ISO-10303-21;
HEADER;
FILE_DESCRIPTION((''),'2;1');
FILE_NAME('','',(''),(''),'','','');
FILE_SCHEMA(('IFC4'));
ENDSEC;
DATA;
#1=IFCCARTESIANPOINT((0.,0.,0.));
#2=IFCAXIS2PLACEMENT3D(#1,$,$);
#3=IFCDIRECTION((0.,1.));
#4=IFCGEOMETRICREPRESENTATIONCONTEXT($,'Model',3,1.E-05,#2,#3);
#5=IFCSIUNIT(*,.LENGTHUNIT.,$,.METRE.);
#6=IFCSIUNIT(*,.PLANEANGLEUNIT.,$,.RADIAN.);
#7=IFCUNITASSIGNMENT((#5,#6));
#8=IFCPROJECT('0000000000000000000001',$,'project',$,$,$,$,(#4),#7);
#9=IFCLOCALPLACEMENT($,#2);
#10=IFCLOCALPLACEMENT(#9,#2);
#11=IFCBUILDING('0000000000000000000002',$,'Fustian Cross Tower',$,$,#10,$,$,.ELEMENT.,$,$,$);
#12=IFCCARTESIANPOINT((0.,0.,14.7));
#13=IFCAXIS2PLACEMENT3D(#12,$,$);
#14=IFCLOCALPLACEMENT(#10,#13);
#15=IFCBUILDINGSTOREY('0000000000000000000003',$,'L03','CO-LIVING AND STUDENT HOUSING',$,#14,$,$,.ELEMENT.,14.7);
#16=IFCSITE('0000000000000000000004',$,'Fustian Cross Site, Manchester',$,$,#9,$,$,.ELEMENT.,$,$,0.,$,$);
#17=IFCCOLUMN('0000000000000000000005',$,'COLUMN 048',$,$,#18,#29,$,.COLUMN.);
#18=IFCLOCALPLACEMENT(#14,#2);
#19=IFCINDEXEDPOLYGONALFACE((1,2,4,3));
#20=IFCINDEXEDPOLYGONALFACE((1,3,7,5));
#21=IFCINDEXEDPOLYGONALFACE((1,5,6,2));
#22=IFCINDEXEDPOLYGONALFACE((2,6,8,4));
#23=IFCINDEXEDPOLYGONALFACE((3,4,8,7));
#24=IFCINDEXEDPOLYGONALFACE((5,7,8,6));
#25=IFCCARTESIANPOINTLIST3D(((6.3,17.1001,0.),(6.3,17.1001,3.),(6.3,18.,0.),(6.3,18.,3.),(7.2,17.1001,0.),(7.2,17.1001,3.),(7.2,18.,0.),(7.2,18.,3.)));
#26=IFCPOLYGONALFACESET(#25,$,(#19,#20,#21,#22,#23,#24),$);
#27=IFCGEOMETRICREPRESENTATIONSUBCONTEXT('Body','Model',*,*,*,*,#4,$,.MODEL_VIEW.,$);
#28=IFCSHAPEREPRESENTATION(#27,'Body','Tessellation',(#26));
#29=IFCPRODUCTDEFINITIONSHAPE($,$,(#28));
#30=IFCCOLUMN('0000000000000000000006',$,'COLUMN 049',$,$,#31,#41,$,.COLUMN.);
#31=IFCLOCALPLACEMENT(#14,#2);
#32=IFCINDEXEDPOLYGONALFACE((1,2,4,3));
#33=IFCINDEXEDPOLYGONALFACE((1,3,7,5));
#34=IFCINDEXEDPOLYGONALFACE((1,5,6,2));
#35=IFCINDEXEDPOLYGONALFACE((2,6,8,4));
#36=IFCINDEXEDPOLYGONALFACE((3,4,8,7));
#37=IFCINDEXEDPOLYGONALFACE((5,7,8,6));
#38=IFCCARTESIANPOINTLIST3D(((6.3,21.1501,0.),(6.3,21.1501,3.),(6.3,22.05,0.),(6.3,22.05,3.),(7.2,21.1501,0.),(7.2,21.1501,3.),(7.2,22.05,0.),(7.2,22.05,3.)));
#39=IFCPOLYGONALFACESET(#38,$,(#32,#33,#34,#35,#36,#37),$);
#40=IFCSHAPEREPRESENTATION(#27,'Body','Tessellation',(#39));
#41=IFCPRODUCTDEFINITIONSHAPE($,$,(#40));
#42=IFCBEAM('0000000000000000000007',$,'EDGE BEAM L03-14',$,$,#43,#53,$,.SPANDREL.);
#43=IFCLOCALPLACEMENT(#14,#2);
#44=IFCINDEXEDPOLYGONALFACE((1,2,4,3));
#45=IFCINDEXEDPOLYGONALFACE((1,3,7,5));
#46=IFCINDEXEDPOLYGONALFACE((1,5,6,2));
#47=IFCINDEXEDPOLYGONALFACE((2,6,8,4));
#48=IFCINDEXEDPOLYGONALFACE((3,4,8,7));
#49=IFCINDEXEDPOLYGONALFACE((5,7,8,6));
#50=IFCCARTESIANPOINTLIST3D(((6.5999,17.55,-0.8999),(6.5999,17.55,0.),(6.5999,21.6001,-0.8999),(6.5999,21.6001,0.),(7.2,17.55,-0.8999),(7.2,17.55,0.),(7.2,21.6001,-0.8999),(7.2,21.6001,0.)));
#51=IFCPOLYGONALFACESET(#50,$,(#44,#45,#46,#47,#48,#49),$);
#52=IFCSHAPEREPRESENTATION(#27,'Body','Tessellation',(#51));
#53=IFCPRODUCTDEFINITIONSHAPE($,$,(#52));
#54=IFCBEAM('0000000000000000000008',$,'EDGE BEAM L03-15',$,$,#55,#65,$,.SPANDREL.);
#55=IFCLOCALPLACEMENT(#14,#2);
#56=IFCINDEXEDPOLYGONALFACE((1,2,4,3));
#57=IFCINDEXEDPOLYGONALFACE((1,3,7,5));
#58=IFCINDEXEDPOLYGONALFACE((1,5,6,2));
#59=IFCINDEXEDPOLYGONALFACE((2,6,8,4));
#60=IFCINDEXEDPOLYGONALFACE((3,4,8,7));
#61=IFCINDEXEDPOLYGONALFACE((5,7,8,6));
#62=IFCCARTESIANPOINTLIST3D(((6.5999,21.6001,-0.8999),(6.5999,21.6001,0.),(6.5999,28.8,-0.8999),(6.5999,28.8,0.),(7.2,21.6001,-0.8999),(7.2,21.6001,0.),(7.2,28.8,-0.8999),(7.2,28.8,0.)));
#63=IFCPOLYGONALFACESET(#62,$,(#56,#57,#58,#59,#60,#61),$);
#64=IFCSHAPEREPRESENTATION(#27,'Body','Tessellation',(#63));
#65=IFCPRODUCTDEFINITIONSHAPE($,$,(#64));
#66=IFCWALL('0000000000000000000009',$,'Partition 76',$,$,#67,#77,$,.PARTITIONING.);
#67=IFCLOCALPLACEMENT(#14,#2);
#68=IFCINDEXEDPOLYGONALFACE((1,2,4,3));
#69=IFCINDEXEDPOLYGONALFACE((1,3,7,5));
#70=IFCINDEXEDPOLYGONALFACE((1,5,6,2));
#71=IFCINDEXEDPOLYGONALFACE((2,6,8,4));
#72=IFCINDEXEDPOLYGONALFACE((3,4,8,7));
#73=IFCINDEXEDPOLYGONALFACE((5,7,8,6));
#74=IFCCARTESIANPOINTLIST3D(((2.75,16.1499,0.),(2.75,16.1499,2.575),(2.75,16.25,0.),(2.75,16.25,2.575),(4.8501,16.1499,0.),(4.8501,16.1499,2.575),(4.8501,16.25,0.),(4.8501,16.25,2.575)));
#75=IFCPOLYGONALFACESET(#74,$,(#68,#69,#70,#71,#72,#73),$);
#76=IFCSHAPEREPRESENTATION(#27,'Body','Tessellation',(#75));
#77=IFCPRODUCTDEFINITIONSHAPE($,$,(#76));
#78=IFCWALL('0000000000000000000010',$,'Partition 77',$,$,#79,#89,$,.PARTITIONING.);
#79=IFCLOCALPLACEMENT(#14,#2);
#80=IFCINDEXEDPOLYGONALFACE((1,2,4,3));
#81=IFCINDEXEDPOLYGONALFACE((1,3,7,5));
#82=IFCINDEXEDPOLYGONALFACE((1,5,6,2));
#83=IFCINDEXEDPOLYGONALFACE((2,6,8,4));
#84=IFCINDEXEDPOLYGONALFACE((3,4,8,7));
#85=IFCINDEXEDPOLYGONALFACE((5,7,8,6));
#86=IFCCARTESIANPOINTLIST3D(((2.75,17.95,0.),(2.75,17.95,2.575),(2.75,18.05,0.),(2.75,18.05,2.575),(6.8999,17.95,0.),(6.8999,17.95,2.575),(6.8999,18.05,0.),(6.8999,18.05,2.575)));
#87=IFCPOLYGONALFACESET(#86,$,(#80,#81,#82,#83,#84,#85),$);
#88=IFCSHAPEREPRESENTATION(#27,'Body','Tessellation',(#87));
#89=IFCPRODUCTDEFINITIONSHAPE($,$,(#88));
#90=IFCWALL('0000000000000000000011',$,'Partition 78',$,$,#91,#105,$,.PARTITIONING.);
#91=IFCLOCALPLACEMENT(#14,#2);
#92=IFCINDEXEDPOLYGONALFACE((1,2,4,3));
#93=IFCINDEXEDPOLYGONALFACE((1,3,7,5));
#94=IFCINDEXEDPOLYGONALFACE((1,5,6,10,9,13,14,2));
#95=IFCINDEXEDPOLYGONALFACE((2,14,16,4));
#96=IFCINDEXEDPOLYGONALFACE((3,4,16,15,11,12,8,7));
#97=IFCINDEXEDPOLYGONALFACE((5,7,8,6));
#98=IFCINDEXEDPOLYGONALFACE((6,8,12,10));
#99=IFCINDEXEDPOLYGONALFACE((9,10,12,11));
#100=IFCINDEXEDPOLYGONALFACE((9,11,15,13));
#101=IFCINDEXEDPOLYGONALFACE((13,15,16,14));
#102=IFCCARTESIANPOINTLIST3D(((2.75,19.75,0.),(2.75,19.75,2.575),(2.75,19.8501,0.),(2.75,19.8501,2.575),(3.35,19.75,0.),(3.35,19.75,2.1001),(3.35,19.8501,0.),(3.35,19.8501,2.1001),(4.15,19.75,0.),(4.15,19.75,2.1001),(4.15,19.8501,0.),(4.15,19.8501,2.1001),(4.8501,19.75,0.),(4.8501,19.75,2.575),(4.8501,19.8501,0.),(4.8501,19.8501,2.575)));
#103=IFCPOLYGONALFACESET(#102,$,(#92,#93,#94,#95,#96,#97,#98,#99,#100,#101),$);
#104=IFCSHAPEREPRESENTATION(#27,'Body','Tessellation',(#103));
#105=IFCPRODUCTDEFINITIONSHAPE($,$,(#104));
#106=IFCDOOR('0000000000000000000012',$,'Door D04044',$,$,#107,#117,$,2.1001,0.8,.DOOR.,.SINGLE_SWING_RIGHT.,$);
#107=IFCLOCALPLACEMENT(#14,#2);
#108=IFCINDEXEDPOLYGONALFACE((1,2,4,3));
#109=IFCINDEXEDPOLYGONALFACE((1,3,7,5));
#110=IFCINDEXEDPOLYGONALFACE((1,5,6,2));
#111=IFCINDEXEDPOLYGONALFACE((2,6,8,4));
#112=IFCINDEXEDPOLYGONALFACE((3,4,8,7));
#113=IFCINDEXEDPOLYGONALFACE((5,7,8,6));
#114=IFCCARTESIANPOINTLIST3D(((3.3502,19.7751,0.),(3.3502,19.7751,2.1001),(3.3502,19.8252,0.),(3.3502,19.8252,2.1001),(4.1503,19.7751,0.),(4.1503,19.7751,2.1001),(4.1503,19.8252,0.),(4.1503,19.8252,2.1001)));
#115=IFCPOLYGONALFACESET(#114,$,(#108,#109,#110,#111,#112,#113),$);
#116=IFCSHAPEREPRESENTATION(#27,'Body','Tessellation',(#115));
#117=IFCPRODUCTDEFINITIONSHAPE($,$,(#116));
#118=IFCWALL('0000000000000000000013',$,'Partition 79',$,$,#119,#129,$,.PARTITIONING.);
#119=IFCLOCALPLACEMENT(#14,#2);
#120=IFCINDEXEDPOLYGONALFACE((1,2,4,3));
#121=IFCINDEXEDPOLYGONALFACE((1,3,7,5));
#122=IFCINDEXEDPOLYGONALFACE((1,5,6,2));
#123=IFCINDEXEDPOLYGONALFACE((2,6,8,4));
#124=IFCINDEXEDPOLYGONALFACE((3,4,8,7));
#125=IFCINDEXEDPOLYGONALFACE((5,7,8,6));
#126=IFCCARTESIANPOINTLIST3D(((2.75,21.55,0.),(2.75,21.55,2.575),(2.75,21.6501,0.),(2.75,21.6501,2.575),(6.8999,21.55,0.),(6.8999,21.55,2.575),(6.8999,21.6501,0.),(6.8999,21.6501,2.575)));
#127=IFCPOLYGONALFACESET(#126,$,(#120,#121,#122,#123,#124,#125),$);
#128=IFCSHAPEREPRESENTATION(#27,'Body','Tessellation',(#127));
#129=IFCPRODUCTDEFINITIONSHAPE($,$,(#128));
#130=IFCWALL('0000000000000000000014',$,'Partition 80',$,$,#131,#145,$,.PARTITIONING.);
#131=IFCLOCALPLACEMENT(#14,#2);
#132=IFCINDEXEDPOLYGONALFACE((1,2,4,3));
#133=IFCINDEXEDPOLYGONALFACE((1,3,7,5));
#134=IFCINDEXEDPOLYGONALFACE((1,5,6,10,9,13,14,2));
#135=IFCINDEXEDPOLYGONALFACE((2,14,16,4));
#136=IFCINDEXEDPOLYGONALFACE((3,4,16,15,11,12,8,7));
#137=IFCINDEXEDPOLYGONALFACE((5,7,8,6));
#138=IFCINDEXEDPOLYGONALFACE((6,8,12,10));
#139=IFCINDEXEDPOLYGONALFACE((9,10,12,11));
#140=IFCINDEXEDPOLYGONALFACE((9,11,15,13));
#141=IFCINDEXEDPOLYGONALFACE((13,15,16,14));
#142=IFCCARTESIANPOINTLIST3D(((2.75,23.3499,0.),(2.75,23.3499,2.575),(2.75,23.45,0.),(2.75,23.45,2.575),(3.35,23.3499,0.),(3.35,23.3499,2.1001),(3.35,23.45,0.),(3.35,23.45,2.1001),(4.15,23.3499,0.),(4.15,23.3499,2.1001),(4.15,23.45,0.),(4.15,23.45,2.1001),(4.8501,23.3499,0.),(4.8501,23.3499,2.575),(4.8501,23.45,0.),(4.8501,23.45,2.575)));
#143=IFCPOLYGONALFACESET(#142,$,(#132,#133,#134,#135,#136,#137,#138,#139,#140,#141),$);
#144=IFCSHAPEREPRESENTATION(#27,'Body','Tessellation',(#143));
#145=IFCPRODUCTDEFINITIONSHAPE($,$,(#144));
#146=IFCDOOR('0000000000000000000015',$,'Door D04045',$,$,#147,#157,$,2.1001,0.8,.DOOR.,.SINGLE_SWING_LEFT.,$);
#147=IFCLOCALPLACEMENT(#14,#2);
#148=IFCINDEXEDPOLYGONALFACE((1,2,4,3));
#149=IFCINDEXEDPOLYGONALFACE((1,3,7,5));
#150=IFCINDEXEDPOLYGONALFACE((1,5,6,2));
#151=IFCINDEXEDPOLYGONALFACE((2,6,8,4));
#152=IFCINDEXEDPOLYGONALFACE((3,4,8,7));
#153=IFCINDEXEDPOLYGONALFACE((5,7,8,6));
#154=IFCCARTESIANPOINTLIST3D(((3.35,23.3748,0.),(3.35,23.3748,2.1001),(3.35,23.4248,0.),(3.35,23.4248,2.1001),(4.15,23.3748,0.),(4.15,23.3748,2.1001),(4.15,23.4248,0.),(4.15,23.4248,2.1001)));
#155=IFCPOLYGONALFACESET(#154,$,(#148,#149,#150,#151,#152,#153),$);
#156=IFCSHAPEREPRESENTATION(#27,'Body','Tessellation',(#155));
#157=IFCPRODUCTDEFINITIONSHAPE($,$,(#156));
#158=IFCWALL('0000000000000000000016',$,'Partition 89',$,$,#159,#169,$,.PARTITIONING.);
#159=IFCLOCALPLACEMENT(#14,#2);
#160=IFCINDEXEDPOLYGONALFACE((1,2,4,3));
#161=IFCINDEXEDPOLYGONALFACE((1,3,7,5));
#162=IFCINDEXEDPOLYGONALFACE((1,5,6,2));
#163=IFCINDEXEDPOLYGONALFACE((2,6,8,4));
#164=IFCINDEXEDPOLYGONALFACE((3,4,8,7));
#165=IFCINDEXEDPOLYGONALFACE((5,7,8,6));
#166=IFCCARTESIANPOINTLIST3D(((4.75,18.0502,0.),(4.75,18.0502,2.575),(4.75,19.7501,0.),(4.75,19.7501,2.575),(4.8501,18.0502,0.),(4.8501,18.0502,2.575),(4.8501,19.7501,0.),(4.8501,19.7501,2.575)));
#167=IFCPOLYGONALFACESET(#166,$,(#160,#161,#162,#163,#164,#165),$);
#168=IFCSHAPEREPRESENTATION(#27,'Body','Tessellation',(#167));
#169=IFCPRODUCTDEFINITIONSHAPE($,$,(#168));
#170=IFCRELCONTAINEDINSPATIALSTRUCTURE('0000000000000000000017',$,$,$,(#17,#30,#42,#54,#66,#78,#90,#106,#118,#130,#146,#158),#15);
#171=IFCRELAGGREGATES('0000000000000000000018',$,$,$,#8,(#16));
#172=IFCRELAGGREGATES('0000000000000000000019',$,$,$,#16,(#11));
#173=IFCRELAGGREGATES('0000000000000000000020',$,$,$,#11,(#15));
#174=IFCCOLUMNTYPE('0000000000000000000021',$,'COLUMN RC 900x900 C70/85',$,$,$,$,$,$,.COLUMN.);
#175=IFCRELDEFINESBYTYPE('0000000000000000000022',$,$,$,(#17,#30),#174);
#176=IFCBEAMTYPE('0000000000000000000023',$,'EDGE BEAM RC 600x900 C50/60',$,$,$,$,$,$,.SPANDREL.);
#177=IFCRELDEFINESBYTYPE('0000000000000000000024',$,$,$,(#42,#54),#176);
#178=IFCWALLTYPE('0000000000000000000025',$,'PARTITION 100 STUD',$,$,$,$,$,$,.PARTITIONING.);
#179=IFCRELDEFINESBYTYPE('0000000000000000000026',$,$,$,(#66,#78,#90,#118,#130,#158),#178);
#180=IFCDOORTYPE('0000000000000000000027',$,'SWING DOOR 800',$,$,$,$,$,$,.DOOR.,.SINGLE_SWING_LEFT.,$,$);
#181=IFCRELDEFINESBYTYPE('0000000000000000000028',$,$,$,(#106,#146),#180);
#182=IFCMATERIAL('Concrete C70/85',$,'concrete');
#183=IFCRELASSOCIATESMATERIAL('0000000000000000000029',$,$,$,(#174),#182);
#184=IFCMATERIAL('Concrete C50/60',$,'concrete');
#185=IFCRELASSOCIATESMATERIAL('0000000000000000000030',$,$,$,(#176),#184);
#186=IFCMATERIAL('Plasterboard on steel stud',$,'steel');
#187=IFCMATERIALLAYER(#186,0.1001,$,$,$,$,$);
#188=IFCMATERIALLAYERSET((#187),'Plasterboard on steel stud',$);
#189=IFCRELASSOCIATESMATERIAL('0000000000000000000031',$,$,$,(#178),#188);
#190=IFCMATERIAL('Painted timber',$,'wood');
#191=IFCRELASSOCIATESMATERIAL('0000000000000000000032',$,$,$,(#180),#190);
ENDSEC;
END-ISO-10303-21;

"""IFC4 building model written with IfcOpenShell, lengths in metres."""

from ifc_helpers import new_model, si_unit, direction, frame, frame_2d, origin, origin_2d, place, context, subcontext, project, spatial, rectangle, extrude, material, layer, layer_set, material_profile, profile_set, type_object, element, fill, save


model = new_model("IFC4")

# Units and contexts
model_context = context("Model", 3, precision=1e-05, world=origin(), true_north=direction((0.0, 1.0)))
body_context = subcontext(model_context, "Body", "Model", "MODEL_VIEW")
ifc_project = project(units=[si_unit("LENGTHUNIT", "METRE"), si_unit("PLANEANGLEUNIT", "RADIAN")], contexts=[model_context])

# Site, building, storey
site_placement = place(None, origin())
site = spatial("IfcSite", under=ifc_project, at=site_placement, Name="Fustian Cross Site, Manchester", CompositionType="ELEMENT", RefElevation=0.0)
building_placement = place(site_placement, origin())
building = spatial("IfcBuilding", under=site, at=building_placement, Name="Fustian Cross Tower", CompositionType="ELEMENT")
storey_placement = place(building_placement, frame((0.0, 0.0, 14.7)))
storey = spatial("IfcBuildingStorey", under=building, at=storey_placement, Name="L03", Description="CO-LIVING AND STUDENT HOUSING", CompositionType="ELEMENT", Elevation=14.7)

# Columns
ifc_material_1 = material(Name="Concrete C70/85", Category="concrete")
ifc_material_profile_1 = material_profile(ifc_material_1, rectangle(XDim=0.8999, YDim=0.8999, at=origin_2d()), Name="RC 900x900")
ifc_profile_set_1 = profile_set([ifc_material_profile_1], Name="Concrete C70/85")
column_type = type_object("IfcColumnType", Name="COLUMN RC 900x900 C70/85", PredefinedType="COLUMN", material=ifc_profile_set_1)
for number, where, z_axis, x_axis, name in (
    (1, (6.75, 17.55, 0.0), (0.0, 0.0, 1.0), (1.0, 0.0, 0.0), "COLUMN 048"),
    (2, (6.75, 21.6001, 0.0), (0.0, 0.0, 1.0), (1.0, 0.0, 0.0), "COLUMN 049"),
):
    element("IfcColumn", number, at=place(storey_placement, frame(where, z_axis=z_axis, x_axis=x_axis)), inside=storey, type_object=column_type, Name=name, PredefinedType="COLUMN", context=body_context, shape_type="SweptSolid", body=[
        extrude(rectangle(XDim=0.8999, YDim=0.8999, at=origin_2d()), origin(), (0.0, 0.0, 1.0), 3.0),
    ])

# Beams
ifc_material_2 = material(Name="Concrete C50/60", Category="concrete")
ifc_material_profile_2 = material_profile(ifc_material_2, rectangle(XDim=0.6001, YDim=0.8999, at=origin_2d()), Name="RC 600x900")
ifc_profile_set_2 = profile_set([ifc_material_profile_2], Name="Concrete C50/60")
beam_type = type_object("IfcBeamType", Name="EDGE BEAM RC 600x900 C50/60", PredefinedType="SPANDREL", material=ifc_profile_set_2)
beam_1_placement = place(storey_placement, frame((6.8999, 17.55, -0.45), z_axis=(0.0, 1.0, 0.0), x_axis=(-1.0, 0.0, 0.0)))
element("IfcBeam", 3, at=beam_1_placement, inside=storey, type_object=beam_type, Name="EDGE BEAM L03-14", PredefinedType="SPANDREL", context=body_context, shape_type="SweptSolid", body=[
    extrude(rectangle(XDim=0.6001, YDim=0.8999, at=origin_2d()), origin(), (0.0, 0.0, 1.0), 4.05),
])
beam_2_placement = place(storey_placement, frame((6.8999, 21.6001, -0.45), z_axis=(0.0, 1.0, 0.0), x_axis=(-1.0, 0.0, 0.0)))
element("IfcBeam", 4, at=beam_2_placement, inside=storey, type_object=beam_type, Name="EDGE BEAM L03-15", PredefinedType="SPANDREL", context=body_context, shape_type="SweptSolid", body=[
    extrude(rectangle(XDim=0.6001, YDim=0.8999, at=origin_2d()), origin(), (0.0, 0.0, 1.0), 7.2),
])

# Walls
ifc_material_3 = material(Name="Plasterboard on steel stud", Category="steel")
ifc_layer_1 = layer(ifc_material_3, 0.1001)
ifc_layer_set_1 = layer_set([ifc_layer_1], Name="Plasterboard on steel stud")
wall_type_1 = type_object("IfcWallType", Name="PARTITION 100 STUD", PredefinedType="PARTITIONING", material=ifc_layer_set_1)
wall_1_placement = place(storey_placement, frame((2.75, 16.2, 0.0), z_axis=(0.0, 0.0, 1.0), x_axis=(1.0, 0.0, 0.0)))
element("IfcWall", 5, at=wall_1_placement, inside=storey, type_object=wall_type_1, Name="Partition 76", PredefinedType="PARTITIONING", context=body_context, shape_type="SweptSolid", body=[
    extrude(rectangle(XDim=2.1001, YDim=0.1001, at=frame_2d((1.05, 0.0))), origin(), (0.0, 0.0, 1.0), 2.575),
])
wall_2_placement = place(storey_placement, frame((2.75, 18.0, 0.0), z_axis=(0.0, 0.0, 1.0), x_axis=(1.0, 0.0, 0.0)))
element("IfcWall", 6, at=wall_2_placement, inside=storey, type_object=wall_type_1, Name="Partition 77", PredefinedType="PARTITIONING", context=body_context, shape_type="SweptSolid", body=[
    extrude(rectangle(XDim=4.1499, YDim=0.1001, at=frame_2d((2.075, 0.0))), origin(), (0.0, 0.0, 1.0), 2.575),
])

# Wall, opening, door
wall_3_placement = place(storey_placement, frame((2.75, 19.8, 0.0), z_axis=(0.0, 0.0, 1.0), x_axis=(1.0, 0.0, 0.0)))
wall_3 = element("IfcWall", 7, at=wall_3_placement, inside=storey, type_object=wall_type_1, Name="Partition 78", PredefinedType="PARTITIONING", context=body_context, shape_type="SweptSolid", body=[
    extrude(rectangle(XDim=2.1001, YDim=0.1001, at=frame_2d((1.05, 0.0))), origin(), (0.0, 0.0, 1.0), 2.575),
])
opening_1_placement = place(wall_3_placement, frame((0.6001, 0.0, 0.0)))
opening_1 = element("IfcOpeningElement", 8, at=opening_1_placement, cuts=wall_3, PredefinedType="OPENING", context=body_context, shape_type="SweptSolid", body=[
    extrude(rectangle(XDim=0.8, YDim=2.1001, at=frame_2d((0.3999, 1.05))), frame((0.0, 0.0601, 0.0), z_axis=(0.0, -1.0, 0.0), x_axis=(1.0, 0.0, 0.0)), (0.0, 0.0, 1.0), 0.1201),
])
ifc_material_4 = material(Name="Painted timber", Category="wood")
door_type = type_object("IfcDoorType", Name="SWING DOOR 800", OperationType="SINGLE_SWING_LEFT", PredefinedType="DOOR", material=ifc_material_4)
door_1_placement = place(opening_1_placement, frame((0.8, 0.0, 0.0), z_axis=(0.0, 0.0, 1.0), x_axis=(-1.0, 0.0, 0.0)))
door_1 = element("IfcDoor", 9, at=door_1_placement, inside=storey, type_object=door_type, Name="Door D04044", OperationType="SINGLE_SWING_RIGHT", OverallHeight=2.1001, OverallWidth=0.8, PredefinedType="DOOR", context=body_context, shape_type="SweptSolid", body=[
    extrude(rectangle(XDim=0.8, YDim=2.1001, at=frame_2d((0.3999, 1.05))), frame((0.0, 0.0249, 0.0), z_axis=(0.0, -1.0, 0.0), x_axis=(1.0, 0.0, 0.0)), (0.0, 0.0, 1.0), 0.05),
])
fill(opening_1, door_1)

# Wall
wall_4_placement = place(storey_placement, frame((2.75, 21.6001, 0.0), z_axis=(0.0, 0.0, 1.0), x_axis=(1.0, 0.0, 0.0)))
element("IfcWall", 10, at=wall_4_placement, inside=storey, type_object=wall_type_1, Name="Partition 79", PredefinedType="PARTITIONING", context=body_context, shape_type="SweptSolid", body=[
    extrude(rectangle(XDim=4.1499, YDim=0.1001, at=frame_2d((2.075, 0.0))), origin(), (0.0, 0.0, 1.0), 2.575),
])

# Wall, opening, door
wall_5_placement = place(storey_placement, frame((2.75, 23.3999, 0.0), z_axis=(0.0, 0.0, 1.0), x_axis=(1.0, 0.0, 0.0)))
wall_5 = element("IfcWall", 11, at=wall_5_placement, inside=storey, type_object=wall_type_1, Name="Partition 80", PredefinedType="PARTITIONING", context=body_context, shape_type="SweptSolid", body=[
    extrude(rectangle(XDim=2.1001, YDim=0.1001, at=frame_2d((1.05, 0.0))), origin(), (0.0, 0.0, 1.0), 2.575),
])
opening_2_placement = place(wall_5_placement, frame((0.6001, 0.0, 0.0)))
opening_2 = element("IfcOpeningElement", 12, at=opening_2_placement, cuts=wall_5, PredefinedType="OPENING", context=body_context, shape_type="SweptSolid", body=[
    extrude(rectangle(XDim=0.8, YDim=2.1001, at=frame_2d((0.3999, 1.05))), frame((0.0, 0.0601, 0.0), z_axis=(0.0, -1.0, 0.0), x_axis=(1.0, 0.0, 0.0)), (0.0, 0.0, 1.0), 0.1201),
])
door_2_placement = place(opening_2_placement, origin())
door_2 = element("IfcDoor", 13, at=door_2_placement, inside=storey, type_object=door_type, Name="Door D04045", OperationType="SINGLE_SWING_LEFT", OverallHeight=2.1001, OverallWidth=0.8, PredefinedType="DOOR", context=body_context, shape_type="SweptSolid", body=[
    extrude(rectangle(XDim=0.8, YDim=2.1001, at=frame_2d((0.3999, 1.05))), frame((0.0, 0.0249, 0.0), z_axis=(0.0, -1.0, 0.0), x_axis=(1.0, 0.0, 0.0)), (0.0, 0.0, 1.0), 0.05),
])
fill(opening_2, door_2)

# Wall
wall_6_placement = place(storey_placement, frame((4.8, 18.05, 0.0), z_axis=(0.0, 0.0, 1.0), x_axis=(0.0, 1.0, 0.0)))
element("IfcWall", 14, at=wall_6_placement, inside=storey, type_object=wall_type_1, Name="Partition 89", PredefinedType="PARTITIONING", context=body_context, shape_type="SweptSolid", body=[
    extrude(rectangle(XDim=1.7, YDim=0.1001, at=frame_2d((0.8501, 0.0))), origin(), (0.0, 0.0, 1.0), 2.575),
])

save(model, "model.ifc")
